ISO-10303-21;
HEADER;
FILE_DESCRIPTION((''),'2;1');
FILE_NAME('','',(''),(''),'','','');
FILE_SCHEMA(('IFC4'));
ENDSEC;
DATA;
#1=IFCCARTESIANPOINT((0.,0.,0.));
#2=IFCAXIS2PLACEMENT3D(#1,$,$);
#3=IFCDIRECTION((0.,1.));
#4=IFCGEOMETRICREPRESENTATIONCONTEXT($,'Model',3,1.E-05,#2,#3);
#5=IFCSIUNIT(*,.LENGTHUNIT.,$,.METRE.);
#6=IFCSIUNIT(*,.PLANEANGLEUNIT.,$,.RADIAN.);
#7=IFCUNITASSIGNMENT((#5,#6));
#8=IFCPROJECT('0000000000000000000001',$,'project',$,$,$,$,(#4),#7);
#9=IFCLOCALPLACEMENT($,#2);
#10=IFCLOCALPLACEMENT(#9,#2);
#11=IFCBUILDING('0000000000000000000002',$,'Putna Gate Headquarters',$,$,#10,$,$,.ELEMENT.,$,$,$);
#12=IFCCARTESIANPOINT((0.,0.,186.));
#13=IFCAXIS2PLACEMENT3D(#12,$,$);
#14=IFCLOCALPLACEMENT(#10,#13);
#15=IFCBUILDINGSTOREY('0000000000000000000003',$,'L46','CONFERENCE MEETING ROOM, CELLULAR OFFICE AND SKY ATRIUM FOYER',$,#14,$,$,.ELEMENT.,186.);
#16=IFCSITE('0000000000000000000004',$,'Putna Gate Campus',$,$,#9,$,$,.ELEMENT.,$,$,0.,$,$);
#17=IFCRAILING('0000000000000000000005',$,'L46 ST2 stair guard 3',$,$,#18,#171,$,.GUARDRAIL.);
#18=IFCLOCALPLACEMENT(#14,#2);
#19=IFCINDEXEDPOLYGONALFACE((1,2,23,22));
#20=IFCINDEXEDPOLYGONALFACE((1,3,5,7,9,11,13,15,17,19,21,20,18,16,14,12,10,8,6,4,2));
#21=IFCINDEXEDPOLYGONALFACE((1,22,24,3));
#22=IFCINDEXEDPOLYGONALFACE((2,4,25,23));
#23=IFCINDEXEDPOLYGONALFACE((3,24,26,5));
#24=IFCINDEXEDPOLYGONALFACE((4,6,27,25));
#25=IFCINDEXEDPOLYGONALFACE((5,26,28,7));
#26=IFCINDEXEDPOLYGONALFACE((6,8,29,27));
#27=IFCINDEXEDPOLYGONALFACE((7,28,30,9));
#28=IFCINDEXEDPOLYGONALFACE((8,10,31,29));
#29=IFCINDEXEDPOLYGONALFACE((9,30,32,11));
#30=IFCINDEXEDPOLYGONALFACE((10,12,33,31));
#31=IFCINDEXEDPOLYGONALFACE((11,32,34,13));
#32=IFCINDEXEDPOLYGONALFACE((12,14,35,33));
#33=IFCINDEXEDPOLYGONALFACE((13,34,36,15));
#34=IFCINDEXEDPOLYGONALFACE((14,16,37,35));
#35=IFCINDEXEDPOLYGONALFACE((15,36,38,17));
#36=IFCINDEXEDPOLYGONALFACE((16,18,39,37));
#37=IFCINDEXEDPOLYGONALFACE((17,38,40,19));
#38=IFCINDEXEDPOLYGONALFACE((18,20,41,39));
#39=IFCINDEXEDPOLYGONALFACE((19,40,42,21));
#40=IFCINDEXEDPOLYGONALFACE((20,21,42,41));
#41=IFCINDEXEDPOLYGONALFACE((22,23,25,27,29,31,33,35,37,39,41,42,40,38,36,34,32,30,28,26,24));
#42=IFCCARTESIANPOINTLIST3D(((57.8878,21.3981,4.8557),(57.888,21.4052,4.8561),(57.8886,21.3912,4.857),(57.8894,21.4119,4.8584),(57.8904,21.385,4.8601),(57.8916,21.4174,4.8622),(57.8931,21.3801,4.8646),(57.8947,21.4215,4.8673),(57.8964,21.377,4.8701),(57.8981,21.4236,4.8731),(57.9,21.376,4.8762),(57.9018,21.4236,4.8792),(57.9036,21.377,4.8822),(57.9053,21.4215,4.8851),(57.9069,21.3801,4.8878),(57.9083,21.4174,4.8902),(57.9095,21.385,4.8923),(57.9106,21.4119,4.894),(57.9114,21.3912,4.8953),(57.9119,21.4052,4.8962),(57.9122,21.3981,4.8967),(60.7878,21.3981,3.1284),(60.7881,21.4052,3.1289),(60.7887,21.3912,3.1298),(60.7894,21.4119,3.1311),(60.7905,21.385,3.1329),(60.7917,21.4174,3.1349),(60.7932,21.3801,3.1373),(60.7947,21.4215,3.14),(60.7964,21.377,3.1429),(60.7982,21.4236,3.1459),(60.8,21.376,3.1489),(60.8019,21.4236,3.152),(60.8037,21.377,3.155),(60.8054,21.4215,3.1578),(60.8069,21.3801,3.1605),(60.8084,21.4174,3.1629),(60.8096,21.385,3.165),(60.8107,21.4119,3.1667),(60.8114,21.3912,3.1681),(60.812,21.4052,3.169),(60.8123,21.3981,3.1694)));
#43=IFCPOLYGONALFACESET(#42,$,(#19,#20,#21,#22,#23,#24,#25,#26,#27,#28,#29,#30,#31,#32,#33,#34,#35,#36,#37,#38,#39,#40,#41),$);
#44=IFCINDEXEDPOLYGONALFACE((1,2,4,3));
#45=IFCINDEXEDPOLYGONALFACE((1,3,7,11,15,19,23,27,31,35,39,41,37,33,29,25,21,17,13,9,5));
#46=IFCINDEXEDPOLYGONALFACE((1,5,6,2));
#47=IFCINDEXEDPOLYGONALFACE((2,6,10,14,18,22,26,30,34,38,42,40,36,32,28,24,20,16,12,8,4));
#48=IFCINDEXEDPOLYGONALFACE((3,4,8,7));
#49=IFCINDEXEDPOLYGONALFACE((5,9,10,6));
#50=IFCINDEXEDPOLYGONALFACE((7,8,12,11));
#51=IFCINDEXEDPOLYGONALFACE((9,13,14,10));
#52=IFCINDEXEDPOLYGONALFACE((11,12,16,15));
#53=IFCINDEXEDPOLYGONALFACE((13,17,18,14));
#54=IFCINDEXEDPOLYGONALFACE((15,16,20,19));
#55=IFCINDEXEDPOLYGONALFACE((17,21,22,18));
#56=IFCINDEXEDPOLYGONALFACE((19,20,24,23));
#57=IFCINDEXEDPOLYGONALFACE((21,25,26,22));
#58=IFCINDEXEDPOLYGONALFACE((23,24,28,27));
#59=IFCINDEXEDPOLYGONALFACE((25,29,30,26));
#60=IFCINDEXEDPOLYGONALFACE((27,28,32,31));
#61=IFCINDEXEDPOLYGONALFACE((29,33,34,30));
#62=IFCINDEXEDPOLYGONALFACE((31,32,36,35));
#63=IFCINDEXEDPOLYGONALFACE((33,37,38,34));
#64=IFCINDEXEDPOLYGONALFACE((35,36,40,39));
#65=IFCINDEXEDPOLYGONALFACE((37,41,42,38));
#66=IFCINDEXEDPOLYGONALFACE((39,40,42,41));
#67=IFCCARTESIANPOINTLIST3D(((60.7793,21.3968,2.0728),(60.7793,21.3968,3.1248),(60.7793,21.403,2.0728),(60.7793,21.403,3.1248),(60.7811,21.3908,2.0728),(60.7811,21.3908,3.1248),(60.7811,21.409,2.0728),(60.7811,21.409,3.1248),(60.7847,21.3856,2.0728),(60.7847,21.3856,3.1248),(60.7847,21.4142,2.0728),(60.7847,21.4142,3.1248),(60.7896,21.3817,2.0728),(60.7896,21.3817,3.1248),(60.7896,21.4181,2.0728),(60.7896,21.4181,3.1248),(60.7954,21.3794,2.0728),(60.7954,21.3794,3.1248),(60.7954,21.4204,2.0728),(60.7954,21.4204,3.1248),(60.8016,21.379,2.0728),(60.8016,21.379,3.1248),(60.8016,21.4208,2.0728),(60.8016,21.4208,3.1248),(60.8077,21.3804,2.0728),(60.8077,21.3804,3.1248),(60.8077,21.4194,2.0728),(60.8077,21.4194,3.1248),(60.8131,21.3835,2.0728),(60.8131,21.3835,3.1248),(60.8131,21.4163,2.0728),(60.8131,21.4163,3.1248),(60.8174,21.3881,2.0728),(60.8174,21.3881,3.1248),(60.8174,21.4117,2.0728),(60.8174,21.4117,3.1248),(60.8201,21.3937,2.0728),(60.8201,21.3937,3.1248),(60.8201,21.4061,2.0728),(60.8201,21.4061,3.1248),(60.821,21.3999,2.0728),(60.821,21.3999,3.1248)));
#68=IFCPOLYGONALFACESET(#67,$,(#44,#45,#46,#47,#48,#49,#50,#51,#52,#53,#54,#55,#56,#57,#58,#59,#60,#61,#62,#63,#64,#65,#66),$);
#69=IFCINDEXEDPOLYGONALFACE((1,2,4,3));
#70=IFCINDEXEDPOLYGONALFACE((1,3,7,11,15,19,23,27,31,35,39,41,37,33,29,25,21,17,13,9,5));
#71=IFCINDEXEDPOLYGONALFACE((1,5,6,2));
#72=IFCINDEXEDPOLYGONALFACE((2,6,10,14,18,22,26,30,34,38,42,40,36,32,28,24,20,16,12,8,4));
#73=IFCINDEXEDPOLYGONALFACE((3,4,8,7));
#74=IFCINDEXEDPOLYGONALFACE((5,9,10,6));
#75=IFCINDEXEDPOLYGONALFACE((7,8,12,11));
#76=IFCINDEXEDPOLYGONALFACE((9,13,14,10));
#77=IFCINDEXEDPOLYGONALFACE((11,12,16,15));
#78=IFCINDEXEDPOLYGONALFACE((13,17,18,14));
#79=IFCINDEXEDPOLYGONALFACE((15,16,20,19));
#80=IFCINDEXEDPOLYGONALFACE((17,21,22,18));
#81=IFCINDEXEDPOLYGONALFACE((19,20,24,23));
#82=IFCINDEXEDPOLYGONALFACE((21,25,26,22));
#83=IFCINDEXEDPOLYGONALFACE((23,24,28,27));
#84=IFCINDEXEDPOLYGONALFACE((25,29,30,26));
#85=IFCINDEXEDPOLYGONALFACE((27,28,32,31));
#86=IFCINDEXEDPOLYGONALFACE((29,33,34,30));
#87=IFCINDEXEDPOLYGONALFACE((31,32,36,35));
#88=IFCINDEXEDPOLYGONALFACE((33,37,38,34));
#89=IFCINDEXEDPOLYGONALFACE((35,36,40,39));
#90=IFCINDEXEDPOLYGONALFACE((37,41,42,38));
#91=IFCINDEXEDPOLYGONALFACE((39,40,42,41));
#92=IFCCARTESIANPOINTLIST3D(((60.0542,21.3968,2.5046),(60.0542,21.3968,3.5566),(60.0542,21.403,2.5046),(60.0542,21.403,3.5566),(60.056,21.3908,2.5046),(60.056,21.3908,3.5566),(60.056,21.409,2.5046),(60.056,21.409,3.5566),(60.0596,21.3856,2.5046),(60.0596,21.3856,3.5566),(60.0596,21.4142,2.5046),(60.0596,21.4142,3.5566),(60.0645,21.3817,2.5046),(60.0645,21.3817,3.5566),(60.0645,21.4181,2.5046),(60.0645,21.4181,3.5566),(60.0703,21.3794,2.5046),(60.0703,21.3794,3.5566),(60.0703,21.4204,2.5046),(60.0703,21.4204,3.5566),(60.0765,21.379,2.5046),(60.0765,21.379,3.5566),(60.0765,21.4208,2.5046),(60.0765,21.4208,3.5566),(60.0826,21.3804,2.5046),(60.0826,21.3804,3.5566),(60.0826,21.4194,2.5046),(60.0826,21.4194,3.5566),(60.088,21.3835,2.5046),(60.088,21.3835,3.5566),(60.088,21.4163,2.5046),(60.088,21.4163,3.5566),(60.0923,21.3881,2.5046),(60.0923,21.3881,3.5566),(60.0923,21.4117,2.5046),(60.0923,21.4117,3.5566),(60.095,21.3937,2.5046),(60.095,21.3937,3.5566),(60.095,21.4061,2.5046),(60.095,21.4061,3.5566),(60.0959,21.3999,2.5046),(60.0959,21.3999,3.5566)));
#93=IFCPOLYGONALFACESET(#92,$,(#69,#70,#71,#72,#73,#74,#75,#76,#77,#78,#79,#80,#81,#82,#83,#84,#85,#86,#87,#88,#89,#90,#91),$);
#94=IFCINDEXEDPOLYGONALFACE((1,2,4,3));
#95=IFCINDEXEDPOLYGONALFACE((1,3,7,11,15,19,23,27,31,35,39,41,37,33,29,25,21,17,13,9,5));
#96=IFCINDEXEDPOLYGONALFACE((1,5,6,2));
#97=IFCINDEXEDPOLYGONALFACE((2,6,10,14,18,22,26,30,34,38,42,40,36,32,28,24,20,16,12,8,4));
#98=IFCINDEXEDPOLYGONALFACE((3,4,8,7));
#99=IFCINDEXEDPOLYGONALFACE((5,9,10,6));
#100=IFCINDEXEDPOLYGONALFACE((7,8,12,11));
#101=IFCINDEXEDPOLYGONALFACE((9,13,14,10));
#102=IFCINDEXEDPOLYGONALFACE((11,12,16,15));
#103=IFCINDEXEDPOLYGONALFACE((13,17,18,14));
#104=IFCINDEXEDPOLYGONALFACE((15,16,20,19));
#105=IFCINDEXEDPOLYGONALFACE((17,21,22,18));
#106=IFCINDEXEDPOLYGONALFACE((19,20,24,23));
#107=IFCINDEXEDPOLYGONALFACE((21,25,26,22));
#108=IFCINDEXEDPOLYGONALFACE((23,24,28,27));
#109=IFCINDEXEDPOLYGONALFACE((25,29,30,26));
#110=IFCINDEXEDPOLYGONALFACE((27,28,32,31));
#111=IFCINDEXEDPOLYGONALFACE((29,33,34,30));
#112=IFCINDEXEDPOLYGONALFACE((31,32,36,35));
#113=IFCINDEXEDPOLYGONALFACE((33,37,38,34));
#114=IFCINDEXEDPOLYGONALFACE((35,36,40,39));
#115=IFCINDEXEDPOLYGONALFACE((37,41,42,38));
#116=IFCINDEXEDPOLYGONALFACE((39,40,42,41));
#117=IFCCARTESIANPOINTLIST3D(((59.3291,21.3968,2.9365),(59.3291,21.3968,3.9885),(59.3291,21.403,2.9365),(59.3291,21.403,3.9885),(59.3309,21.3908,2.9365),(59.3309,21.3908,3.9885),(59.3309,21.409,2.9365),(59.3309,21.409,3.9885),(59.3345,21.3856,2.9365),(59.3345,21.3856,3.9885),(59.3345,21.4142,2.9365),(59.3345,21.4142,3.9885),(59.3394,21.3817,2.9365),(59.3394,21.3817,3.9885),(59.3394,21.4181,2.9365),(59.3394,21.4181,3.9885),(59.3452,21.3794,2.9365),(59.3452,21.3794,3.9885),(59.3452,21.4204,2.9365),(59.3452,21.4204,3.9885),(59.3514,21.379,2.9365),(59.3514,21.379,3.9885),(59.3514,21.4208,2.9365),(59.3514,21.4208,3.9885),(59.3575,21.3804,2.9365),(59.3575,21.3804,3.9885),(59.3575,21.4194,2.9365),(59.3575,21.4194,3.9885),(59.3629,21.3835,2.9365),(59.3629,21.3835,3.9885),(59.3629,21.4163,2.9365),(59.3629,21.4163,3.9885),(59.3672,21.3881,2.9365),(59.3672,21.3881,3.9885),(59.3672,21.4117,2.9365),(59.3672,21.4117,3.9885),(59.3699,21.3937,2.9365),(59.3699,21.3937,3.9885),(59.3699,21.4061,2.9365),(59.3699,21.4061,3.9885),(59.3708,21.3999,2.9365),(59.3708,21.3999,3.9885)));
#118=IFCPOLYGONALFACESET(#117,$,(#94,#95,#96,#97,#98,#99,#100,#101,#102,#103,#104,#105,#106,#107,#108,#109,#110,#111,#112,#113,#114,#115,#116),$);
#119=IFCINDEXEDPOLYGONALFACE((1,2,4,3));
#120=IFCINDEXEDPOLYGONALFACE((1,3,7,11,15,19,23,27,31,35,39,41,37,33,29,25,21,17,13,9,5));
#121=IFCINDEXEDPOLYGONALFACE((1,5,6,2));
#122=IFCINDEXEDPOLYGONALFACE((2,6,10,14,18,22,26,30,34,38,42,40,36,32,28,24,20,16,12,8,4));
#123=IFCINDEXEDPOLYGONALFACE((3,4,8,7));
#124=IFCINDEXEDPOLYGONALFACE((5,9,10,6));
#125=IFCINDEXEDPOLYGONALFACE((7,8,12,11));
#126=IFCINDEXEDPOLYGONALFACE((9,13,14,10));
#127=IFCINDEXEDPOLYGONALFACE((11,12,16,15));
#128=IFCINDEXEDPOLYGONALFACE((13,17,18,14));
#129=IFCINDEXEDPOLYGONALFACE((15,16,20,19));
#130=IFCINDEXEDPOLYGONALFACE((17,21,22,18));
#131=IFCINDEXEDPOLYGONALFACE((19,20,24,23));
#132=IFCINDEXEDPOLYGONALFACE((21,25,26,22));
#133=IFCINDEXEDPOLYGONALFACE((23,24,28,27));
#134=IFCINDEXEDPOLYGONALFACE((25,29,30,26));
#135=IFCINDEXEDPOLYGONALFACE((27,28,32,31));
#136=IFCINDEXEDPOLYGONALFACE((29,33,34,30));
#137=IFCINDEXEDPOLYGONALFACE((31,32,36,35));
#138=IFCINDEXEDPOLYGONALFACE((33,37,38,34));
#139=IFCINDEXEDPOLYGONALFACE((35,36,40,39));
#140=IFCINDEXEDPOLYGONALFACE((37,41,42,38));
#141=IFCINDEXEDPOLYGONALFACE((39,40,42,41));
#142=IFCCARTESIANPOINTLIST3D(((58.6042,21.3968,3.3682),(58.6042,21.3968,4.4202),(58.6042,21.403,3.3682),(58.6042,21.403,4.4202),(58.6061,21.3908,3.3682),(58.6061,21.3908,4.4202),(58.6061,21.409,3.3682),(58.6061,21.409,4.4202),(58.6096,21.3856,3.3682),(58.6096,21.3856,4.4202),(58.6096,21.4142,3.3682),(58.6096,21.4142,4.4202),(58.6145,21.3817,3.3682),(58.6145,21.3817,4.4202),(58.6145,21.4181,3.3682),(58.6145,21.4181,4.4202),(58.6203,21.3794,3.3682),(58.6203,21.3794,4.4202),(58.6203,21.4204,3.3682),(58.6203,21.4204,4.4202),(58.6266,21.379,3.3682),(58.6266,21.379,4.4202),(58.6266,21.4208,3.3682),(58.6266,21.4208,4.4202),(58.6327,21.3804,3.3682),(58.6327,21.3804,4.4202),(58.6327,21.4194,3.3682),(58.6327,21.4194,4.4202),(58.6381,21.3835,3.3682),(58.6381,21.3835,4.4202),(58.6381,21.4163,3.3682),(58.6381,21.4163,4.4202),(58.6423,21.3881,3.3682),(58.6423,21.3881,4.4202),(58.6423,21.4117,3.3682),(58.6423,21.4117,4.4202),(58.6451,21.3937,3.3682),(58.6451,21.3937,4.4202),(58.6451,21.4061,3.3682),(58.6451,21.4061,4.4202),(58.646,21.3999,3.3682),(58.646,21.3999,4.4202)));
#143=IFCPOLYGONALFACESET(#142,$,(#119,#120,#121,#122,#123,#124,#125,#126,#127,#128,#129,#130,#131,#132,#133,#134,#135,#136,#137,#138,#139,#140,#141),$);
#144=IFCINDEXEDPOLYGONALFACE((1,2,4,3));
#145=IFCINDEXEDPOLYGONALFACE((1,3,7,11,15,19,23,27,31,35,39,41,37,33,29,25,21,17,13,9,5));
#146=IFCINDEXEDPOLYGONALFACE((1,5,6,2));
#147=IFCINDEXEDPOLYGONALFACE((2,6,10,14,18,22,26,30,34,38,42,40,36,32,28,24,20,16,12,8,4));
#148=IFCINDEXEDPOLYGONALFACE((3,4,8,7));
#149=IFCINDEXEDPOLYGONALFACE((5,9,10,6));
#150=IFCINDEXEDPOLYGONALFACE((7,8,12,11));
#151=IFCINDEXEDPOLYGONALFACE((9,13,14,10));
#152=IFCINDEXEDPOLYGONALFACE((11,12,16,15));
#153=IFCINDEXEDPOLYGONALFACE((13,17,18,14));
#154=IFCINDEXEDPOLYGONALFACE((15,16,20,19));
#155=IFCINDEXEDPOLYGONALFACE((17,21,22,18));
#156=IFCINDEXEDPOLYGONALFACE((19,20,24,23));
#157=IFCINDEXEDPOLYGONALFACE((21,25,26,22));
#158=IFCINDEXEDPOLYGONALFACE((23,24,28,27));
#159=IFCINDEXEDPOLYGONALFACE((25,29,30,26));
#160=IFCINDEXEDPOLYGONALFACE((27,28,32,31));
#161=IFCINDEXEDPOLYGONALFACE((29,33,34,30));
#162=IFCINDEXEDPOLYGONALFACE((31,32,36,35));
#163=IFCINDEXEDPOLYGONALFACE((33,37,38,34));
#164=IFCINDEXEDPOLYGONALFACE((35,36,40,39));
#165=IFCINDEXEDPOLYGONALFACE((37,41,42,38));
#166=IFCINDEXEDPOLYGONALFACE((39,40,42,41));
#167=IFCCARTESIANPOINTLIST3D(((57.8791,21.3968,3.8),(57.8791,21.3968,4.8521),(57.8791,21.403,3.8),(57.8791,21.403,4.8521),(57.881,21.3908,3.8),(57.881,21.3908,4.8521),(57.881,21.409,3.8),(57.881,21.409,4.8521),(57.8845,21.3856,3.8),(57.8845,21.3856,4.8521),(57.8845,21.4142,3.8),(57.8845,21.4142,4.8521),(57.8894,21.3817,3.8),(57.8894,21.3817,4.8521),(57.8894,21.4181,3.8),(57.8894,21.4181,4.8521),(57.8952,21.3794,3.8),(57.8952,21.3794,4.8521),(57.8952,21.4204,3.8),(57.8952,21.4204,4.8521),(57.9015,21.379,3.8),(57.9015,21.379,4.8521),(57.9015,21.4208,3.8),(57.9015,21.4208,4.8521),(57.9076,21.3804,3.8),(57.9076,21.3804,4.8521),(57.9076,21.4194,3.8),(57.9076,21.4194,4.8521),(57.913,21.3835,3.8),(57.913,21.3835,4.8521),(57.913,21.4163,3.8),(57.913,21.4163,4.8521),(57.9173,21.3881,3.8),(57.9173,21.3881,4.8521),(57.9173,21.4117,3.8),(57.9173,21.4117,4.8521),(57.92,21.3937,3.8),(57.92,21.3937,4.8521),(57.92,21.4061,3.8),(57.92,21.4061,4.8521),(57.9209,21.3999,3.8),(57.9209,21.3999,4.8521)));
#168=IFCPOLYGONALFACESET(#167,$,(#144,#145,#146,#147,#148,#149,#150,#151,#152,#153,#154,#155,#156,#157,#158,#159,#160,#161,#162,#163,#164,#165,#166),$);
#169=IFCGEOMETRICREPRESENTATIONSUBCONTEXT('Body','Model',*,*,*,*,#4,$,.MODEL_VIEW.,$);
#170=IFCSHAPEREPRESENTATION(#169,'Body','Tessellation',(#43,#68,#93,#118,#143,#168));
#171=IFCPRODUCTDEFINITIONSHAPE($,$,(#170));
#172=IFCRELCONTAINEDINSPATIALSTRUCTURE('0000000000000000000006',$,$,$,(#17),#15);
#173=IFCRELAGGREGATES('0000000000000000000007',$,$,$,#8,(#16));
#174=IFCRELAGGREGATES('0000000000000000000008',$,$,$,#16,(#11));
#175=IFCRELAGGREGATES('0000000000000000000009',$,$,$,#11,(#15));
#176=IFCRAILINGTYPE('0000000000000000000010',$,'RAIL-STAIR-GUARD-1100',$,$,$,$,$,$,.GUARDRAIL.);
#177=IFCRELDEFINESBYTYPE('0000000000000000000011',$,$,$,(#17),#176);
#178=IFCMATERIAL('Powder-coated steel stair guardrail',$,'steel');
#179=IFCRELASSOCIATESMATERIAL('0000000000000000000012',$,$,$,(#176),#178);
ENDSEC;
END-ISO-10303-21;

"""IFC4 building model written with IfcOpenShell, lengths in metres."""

from ifc_helpers import new_model, si_unit, direction, frame, origin, origin_2d, place, context, subcontext, project, spatial, circle, extrude, material, type_object, element, save


model = new_model("IFC4")

# Units and contexts
model_context = context("Model", 3, precision=1e-05, world=origin(), true_north=direction((0.0, 1.0)))
body_context = subcontext(model_context, "Body", "Model", "MODEL_VIEW")
ifc_project = project(units=[si_unit("LENGTHUNIT", "METRE"), si_unit("PLANEANGLEUNIT", "RADIAN")], contexts=[model_context])

# Site, building, storey
site_placement = place(None, origin())
site = spatial("IfcSite", under=ifc_project, at=site_placement, Name="Putna Gate Campus", CompositionType="ELEMENT", RefElevation=0.0)
building_placement = place(site_placement, origin())
building = spatial("IfcBuilding", under=site, at=building_placement, Name="Putna Gate Headquarters", CompositionType="ELEMENT")
storey_placement = place(building_placement, frame((0.0, 0.0, 186.0)))
storey = spatial("IfcBuildingStorey", under=building, at=storey_placement, Name="L46", Description="CONFERENCE MEETING ROOM, CELLULAR OFFICE AND SKY ATRIUM FOYER", CompositionType="ELEMENT", Elevation=186.0)

# Railing
ifc_material_1 = material(Name="Powder-coated steel stair guardrail", Category="steel")
railing_type_1 = type_object("IfcRailingType", Name="RAIL-STAIR-GUARD-1100", PredefinedType="GUARDRAIL", material=ifc_material_1)
railing_1_placement = place(storey_placement, frame((60.8, 21.3999, 2.0728)))
element("IfcRailing", 1, at=railing_1_placement, inside=storey, type_object=railing_type_1, Name="L46 ST2 stair guard 3", PredefinedType="GUARDRAIL", context=body_context, shape_type="SweptSolid", body=[
    extrude(circle(Radius=0.0239, at=origin_2d()), frame((0.0, 0.0, 1.0762), z_axis=(-0.85916, 0.0, 0.511706), x_axis=(0.0, -1.0, 0.0)), (0.0, 0.0, 1.0), 3.3755),
    extrude(circle(Radius=0.021, at=origin_2d()), origin(), (0.0, 0.0, 1.0), 1.052),
    extrude(circle(Radius=0.021, at=origin_2d()), frame((-0.7251, 0.0, 0.4319)), (0.0, 0.0, 1.0), 1.052),
    extrude(circle(Radius=0.021, at=origin_2d()), frame((-1.4502, 0.0, 0.8638)), (0.0, 0.0, 1.0), 1.052),
    extrude(circle(Radius=0.021, at=origin_2d()), frame((-2.175, 0.0, 1.2954)), (0.0, 0.0, 1.0), 1.052),
    extrude(circle(Radius=0.021, at=origin_2d()), frame((-2.9001, 0.0, 1.7273)), (0.0, 0.0, 1.0), 1.052),
])

save(model, "model.ifc")
